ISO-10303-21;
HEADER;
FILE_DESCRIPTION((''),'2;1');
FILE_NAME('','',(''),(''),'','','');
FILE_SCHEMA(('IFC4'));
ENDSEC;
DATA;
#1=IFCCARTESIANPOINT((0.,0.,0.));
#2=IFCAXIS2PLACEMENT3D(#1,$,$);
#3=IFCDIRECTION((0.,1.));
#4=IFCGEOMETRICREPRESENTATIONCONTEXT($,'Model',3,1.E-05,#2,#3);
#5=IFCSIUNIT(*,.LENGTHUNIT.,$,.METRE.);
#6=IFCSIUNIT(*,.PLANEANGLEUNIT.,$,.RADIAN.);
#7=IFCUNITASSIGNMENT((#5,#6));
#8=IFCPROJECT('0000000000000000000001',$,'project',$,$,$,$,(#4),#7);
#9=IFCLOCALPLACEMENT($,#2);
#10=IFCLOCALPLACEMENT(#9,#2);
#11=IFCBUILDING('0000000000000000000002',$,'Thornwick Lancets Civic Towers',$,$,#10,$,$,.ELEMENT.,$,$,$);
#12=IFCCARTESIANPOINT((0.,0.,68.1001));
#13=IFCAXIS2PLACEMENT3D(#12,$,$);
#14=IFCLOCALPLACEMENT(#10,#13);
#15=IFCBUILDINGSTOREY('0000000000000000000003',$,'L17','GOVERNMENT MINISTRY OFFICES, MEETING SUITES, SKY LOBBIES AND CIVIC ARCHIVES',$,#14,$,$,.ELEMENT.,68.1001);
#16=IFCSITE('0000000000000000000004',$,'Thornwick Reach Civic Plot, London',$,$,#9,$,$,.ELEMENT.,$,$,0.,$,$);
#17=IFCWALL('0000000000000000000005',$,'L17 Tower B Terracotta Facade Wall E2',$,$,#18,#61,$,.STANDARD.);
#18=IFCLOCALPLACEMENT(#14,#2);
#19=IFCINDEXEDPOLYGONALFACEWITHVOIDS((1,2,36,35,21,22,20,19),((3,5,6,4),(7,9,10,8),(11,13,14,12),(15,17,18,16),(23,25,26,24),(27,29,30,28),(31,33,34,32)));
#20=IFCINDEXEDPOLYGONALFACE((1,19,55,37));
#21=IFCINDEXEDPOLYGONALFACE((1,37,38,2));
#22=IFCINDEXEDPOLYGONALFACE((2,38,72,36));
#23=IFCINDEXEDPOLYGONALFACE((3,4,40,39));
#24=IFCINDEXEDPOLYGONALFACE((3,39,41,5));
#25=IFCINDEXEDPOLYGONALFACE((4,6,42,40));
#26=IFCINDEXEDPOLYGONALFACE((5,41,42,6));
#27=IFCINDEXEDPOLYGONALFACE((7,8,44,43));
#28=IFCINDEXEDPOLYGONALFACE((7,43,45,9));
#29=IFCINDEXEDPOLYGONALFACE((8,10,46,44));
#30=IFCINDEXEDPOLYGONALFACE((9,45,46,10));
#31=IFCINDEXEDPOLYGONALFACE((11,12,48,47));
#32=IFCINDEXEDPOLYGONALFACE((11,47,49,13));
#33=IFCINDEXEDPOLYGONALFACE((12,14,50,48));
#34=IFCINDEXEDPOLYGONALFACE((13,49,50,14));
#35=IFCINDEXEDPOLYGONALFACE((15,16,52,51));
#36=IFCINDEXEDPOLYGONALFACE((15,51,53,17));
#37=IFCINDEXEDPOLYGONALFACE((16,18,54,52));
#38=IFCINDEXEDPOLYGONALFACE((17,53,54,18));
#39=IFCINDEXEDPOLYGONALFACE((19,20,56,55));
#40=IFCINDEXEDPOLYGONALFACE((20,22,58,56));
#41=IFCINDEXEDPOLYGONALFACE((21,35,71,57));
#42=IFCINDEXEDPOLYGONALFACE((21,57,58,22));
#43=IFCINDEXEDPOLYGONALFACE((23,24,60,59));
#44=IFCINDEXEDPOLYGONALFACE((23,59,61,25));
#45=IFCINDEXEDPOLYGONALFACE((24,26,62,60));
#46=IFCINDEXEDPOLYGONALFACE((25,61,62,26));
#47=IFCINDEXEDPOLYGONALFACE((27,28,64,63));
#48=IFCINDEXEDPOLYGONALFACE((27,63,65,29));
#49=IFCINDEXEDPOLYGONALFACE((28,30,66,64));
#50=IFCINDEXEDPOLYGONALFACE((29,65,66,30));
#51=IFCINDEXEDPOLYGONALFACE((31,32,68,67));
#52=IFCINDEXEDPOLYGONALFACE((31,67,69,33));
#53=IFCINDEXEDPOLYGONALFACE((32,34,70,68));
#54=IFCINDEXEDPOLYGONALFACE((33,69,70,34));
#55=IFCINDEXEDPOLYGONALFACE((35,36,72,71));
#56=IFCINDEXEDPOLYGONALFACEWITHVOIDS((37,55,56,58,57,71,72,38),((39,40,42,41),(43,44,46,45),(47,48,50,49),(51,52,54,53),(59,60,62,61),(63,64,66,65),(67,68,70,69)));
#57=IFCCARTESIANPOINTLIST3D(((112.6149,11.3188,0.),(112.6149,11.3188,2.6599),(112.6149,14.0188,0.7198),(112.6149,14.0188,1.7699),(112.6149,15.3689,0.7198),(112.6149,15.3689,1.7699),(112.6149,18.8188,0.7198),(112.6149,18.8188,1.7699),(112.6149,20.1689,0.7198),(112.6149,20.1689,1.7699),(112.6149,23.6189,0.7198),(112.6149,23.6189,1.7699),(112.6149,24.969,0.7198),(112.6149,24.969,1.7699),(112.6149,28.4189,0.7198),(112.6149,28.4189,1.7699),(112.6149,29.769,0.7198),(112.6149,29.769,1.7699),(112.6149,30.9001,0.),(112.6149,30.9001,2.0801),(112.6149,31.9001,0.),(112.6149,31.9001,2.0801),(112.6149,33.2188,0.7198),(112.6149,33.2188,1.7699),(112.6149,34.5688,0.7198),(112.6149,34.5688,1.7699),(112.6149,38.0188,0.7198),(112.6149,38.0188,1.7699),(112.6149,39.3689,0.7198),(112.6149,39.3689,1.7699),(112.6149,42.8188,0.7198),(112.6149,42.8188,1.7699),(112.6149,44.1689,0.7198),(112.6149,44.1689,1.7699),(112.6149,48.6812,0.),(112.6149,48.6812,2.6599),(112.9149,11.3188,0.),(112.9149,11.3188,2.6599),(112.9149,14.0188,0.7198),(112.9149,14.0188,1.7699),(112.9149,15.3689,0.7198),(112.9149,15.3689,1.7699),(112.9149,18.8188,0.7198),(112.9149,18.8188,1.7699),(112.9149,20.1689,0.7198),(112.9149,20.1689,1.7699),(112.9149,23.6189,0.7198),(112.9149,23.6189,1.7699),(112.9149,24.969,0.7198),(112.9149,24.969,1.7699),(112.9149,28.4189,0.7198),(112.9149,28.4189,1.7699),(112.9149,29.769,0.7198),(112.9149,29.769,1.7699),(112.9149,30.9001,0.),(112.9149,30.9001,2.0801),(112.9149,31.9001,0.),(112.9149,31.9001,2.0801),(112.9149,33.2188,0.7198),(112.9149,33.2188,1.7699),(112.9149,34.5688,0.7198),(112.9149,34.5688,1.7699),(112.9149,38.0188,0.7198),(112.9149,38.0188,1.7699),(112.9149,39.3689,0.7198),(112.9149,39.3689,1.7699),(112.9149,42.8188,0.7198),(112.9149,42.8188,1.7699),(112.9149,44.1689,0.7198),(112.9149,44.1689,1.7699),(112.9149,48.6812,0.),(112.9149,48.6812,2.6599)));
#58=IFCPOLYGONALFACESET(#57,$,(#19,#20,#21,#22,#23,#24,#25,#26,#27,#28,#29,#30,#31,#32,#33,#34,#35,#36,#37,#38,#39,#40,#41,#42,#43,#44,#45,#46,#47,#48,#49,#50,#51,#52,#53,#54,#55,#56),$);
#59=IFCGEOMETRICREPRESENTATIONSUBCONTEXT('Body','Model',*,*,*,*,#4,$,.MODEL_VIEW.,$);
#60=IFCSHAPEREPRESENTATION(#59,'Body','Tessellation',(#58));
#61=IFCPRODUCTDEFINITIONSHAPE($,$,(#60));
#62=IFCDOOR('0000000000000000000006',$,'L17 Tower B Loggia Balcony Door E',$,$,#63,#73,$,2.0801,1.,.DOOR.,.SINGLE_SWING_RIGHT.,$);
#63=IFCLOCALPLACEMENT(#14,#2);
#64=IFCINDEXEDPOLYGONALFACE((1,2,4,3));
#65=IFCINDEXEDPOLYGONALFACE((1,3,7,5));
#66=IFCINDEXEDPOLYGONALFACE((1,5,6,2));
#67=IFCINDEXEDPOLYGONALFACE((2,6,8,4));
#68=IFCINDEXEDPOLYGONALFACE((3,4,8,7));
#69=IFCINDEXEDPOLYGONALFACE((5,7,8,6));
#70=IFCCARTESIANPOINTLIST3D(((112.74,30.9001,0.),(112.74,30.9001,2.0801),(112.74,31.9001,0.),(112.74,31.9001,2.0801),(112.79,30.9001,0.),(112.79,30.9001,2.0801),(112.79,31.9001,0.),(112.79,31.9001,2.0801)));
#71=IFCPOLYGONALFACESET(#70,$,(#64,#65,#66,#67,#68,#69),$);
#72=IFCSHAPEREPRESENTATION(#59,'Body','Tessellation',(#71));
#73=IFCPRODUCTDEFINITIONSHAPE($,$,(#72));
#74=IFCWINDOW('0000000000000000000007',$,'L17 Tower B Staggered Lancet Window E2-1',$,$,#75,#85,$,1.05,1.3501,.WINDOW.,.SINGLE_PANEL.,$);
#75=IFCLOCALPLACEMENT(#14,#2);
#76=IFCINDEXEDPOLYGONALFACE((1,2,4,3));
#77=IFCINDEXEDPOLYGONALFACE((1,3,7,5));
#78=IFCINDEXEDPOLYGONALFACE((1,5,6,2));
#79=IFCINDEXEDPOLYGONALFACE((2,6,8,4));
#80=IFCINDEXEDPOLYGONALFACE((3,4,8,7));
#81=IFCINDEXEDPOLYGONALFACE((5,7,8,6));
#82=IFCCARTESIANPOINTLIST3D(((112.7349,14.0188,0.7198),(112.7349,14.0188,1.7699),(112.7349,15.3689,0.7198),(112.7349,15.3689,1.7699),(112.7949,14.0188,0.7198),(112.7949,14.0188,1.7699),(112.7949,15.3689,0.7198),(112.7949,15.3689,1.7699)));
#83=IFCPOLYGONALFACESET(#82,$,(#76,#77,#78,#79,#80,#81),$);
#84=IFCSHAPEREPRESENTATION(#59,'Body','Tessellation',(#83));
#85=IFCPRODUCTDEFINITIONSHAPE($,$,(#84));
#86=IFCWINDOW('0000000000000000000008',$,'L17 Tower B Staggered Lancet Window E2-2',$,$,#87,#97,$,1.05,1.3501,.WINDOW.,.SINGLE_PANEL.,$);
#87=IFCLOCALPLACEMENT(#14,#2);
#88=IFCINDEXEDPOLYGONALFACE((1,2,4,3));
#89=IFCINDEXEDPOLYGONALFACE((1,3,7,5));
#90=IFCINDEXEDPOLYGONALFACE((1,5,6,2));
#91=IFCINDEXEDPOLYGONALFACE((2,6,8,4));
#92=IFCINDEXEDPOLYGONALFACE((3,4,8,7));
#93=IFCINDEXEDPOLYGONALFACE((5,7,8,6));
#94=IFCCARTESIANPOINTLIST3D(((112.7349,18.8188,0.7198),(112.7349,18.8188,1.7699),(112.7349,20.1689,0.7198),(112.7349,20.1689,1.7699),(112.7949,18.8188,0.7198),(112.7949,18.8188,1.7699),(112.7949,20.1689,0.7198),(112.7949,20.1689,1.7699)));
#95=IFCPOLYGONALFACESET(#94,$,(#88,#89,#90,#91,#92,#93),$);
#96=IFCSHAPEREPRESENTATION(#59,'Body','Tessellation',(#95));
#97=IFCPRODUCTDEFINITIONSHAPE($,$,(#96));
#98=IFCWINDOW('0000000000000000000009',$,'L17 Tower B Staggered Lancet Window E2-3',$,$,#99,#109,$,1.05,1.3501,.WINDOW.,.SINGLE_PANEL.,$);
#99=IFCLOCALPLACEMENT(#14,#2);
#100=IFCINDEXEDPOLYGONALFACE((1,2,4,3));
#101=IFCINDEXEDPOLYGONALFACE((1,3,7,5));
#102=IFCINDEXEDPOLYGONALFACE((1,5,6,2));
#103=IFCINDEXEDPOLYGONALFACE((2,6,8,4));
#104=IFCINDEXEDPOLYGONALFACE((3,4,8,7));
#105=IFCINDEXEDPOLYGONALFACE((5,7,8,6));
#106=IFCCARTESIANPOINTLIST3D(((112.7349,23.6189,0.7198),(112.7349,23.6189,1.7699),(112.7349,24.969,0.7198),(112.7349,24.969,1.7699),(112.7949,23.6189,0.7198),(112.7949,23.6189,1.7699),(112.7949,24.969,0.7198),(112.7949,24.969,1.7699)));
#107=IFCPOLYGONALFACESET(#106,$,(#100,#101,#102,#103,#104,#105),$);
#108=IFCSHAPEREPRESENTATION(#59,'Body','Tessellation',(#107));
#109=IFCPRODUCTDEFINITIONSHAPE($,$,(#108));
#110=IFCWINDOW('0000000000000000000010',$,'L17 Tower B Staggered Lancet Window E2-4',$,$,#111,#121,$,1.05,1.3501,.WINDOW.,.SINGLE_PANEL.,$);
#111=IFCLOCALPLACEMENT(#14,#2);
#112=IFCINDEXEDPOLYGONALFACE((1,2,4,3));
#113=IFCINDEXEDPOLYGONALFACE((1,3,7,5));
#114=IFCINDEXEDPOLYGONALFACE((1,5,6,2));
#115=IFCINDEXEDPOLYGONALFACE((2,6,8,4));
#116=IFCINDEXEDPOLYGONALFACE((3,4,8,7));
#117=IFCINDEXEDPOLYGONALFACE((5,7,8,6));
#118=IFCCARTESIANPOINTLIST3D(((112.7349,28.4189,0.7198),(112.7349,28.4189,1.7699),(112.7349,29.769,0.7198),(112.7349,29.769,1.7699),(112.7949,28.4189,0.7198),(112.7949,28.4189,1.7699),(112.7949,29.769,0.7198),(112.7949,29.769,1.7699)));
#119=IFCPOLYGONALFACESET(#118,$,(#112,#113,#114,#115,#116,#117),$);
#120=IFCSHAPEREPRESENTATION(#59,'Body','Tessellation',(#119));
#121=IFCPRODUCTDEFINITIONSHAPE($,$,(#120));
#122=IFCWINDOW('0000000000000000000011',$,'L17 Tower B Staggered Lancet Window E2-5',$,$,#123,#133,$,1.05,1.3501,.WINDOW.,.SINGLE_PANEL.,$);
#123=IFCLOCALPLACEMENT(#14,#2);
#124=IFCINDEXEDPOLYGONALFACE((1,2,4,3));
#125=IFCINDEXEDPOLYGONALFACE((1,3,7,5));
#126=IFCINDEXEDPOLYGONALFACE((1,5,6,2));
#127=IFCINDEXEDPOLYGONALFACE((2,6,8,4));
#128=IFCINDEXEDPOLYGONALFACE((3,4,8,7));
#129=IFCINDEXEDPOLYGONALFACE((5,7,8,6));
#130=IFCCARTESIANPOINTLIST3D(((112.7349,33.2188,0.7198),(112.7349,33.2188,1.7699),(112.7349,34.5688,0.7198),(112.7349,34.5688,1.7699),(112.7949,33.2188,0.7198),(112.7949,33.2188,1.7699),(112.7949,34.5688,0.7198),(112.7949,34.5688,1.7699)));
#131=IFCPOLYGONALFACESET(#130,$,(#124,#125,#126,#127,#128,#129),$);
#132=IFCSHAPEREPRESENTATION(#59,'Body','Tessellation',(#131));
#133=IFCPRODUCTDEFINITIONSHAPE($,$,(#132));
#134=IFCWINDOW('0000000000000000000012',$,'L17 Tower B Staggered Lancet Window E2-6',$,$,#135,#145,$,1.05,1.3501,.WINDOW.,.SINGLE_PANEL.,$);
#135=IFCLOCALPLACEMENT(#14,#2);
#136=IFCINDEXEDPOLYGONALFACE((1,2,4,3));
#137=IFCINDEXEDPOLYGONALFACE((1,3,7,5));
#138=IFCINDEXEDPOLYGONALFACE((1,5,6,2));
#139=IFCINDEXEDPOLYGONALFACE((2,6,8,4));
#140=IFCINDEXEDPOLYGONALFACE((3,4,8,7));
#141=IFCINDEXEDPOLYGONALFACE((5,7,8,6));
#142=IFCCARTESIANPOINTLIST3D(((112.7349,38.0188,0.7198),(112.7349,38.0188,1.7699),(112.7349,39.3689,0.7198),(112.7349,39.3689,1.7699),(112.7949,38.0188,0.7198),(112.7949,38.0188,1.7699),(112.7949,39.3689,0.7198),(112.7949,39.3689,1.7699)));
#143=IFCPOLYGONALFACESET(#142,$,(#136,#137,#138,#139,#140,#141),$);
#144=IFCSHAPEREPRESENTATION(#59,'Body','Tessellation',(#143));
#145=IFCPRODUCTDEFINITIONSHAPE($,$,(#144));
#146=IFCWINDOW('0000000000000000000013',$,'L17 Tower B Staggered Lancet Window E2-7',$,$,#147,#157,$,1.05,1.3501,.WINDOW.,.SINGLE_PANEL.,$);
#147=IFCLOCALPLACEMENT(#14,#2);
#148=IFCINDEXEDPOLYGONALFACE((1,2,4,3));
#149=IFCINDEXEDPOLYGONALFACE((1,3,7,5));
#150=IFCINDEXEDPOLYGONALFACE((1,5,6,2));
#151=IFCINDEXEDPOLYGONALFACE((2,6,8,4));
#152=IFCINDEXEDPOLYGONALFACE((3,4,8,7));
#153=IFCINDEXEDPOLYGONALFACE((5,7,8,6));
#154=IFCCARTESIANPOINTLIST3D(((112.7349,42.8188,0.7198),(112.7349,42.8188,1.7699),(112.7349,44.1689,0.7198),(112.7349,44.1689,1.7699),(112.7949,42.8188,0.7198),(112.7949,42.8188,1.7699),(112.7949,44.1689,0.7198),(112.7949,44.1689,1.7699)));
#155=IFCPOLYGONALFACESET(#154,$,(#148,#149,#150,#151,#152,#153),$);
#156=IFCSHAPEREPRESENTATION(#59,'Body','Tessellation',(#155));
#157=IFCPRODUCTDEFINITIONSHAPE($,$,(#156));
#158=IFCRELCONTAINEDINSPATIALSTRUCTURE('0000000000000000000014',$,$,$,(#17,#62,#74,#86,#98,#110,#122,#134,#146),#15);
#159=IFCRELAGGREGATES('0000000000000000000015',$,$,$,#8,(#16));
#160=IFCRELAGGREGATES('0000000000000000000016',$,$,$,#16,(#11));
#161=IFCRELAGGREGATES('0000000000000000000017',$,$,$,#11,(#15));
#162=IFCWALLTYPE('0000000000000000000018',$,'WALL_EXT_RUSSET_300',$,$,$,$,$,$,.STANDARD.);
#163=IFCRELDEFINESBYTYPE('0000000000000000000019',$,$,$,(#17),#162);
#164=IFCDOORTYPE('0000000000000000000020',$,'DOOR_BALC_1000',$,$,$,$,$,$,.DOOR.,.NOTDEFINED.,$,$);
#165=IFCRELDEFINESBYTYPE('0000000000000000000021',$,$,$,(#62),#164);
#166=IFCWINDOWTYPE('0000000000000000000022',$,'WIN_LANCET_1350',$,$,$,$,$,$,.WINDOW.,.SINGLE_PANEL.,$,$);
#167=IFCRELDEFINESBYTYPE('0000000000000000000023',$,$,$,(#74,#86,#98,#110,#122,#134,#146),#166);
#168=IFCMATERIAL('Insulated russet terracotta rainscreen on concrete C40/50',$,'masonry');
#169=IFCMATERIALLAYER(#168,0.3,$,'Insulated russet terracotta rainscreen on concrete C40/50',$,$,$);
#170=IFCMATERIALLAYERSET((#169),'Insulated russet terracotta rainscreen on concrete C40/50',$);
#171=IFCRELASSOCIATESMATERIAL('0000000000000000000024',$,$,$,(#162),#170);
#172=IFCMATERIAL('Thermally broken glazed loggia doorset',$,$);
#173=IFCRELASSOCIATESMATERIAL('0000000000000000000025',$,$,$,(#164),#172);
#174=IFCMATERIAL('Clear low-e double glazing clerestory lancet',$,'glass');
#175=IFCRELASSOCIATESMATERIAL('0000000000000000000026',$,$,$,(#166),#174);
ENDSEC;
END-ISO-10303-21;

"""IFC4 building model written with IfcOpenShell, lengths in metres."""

from ifc_helpers import new_model, si_unit, direction, frame, frame_2d, origin, place, context, subcontext, project, spatial, rectangle, extrude, material, layer, layer_set, type_object, element, fill, save


model = new_model("IFC4")

# Units and contexts
model_context = context("Model", 3, precision=1e-05, world=origin(), true_north=direction((0.0, 1.0)))
body_context = subcontext(model_context, "Body", "Model", "MODEL_VIEW")
ifc_project = project(units=[si_unit("LENGTHUNIT", "METRE"), si_unit("PLANEANGLEUNIT", "RADIAN")], contexts=[model_context])

# Site, building, storey
site_placement = place(None, origin())
site = spatial("IfcSite", under=ifc_project, at=site_placement, Name="Thornwick Reach Civic Plot, London", CompositionType="ELEMENT", RefElevation=0.0)
building_placement = place(site_placement, origin())
building = spatial("IfcBuilding", under=site, at=building_placement, Name="Thornwick Lancets Civic Towers", CompositionType="ELEMENT")
storey_placement = place(building_placement, frame((0.0, 0.0, 68.1001)))
storey = spatial("IfcBuildingStorey", under=building, at=storey_placement, Name="L17", Description="GOVERNMENT MINISTRY OFFICES, MEETING SUITES, SKY LOBBIES AND CIVIC ARCHIVES", CompositionType="ELEMENT", Elevation=68.1001)

# Wall, openings, door, windows
ifc_material_1 = material(Name="Insulated russet terracotta rainscreen on concrete C40/50", Category="masonry")
ifc_layer_1 = layer(ifc_material_1, 0.3, Name="Insulated russet terracotta rainscreen on concrete C40/50")
ifc_layer_set_1 = layer_set([ifc_layer_1], Name="Insulated russet terracotta rainscreen on concrete C40/50")
wall_type_1 = type_object("IfcWallType", Name="WALL_EXT_RUSSET_300", PredefinedType="STANDARD", material=ifc_layer_set_1)
wall_1_placement = place(storey_placement, frame((112.7649, 11.3188, 0.0), z_axis=(0.0, 0.0, 1.0), x_axis=(0.0, 1.0, 0.0)))
wall_1 = element("IfcWall", 1, at=wall_1_placement, inside=storey, type_object=wall_type_1, Name="L17 Tower B Terracotta Facade Wall E2", PredefinedType="STANDARD", context=body_context, shape_type="SweptSolid", body=[
    extrude(rectangle(XDim=37.3623, YDim=0.3, at=frame_2d((18.6812, 0.0))), origin(), (0.0, 0.0, 1.0), 2.6599),
])
opening_1_placement = place(wall_1_placement, frame((19.5813, 0.0, 0.0)))
opening_1 = element("IfcOpeningElement", 2, at=opening_1_placement, cuts=wall_1, PredefinedType="OPENING", context=body_context, shape_type="SweptSolid", body=[
    extrude(rectangle(XDim=1.0, YDim=2.0801, at=frame_2d((0.5, 1.04))), frame((0.0, 0.1602, 0.0), z_axis=(0.0, -1.0, 0.0), x_axis=(1.0, 0.0, 0.0)), (0.0, 0.0, 1.0), 0.3201),
])
opening_2_placement = place(wall_1_placement, frame((2.7, 0.0, 0.72)))
opening_2 = element("IfcOpeningElement", 3, at=opening_2_placement, cuts=wall_1, PredefinedType="OPENING", context=body_context, shape_type="SweptSolid", body=[
    extrude(rectangle(XDim=1.3501, YDim=1.05, at=frame_2d((0.675, 0.5249))), frame((0.0, 0.1602, 0.0), z_axis=(0.0, -1.0, 0.0), x_axis=(1.0, 0.0, 0.0)), (0.0, 0.0, 1.0), 0.3201),
])
opening_3_placement = place(wall_1_placement, frame((7.5, 0.0, 0.72)))
opening_3 = element("IfcOpeningElement", 4, at=opening_3_placement, cuts=wall_1, PredefinedType="OPENING", context=body_context, shape_type="SweptSolid", body=[
    extrude(rectangle(XDim=1.3501, YDim=1.05, at=frame_2d((0.675, 0.5249))), frame((0.0, 0.1602, 0.0), z_axis=(0.0, -1.0, 0.0), x_axis=(1.0, 0.0, 0.0)), (0.0, 0.0, 1.0), 0.3201),
])
opening_4_placement = place(wall_1_placement, frame((12.3, 0.0, 0.72)))
opening_4 = element("IfcOpeningElement", 5, at=opening_4_placement, cuts=wall_1, PredefinedType="OPENING", context=body_context, shape_type="SweptSolid", body=[
    extrude(rectangle(XDim=1.3501, YDim=1.05, at=frame_2d((0.675, 0.5249))), frame((0.0, 0.1602, 0.0), z_axis=(0.0, -1.0, 0.0), x_axis=(1.0, 0.0, 0.0)), (0.0, 0.0, 1.0), 0.3201),
])
opening_5_placement = place(wall_1_placement, frame((17.1001, 0.0, 0.72)))
opening_5 = element("IfcOpeningElement", 6, at=opening_5_placement, cuts=wall_1, PredefinedType="OPENING", context=body_context, shape_type="SweptSolid", body=[
    extrude(rectangle(XDim=1.3501, YDim=1.05, at=frame_2d((0.675, 0.5249))), frame((0.0, 0.1602, 0.0), z_axis=(0.0, -1.0, 0.0), x_axis=(1.0, 0.0, 0.0)), (0.0, 0.0, 1.0), 0.3201),
])
opening_6_placement = place(wall_1_placement, frame((21.8999, 0.0, 0.72)))
opening_6 = element("IfcOpeningElement", 7, at=opening_6_placement, cuts=wall_1, PredefinedType="OPENING", context=body_context, shape_type="SweptSolid", body=[
    extrude(rectangle(XDim=1.3501, YDim=1.05, at=frame_2d((0.675, 0.5249))), frame((0.0, 0.1602, 0.0), z_axis=(0.0, -1.0, 0.0), x_axis=(1.0, 0.0, 0.0)), (0.0, 0.0, 1.0), 0.3201),
])
opening_7_placement = place(wall_1_placement, frame((26.7, 0.0, 0.72)))
opening_7 = element("IfcOpeningElement", 8, at=opening_7_placement, cuts=wall_1, PredefinedType="OPENING", context=body_context, shape_type="SweptSolid", body=[
    extrude(rectangle(XDim=1.3501, YDim=1.05, at=frame_2d((0.675, 0.5249))), frame((0.0, 0.1602, 0.0), z_axis=(0.0, -1.0, 0.0), x_axis=(1.0, 0.0, 0.0)), (0.0, 0.0, 1.0), 0.3201),
])
opening_8_placement = place(wall_1_placement, frame((31.5, 0.0, 0.72)))
opening_8 = element("IfcOpeningElement", 9, at=opening_8_placement, cuts=wall_1, PredefinedType="OPENING", context=body_context, shape_type="SweptSolid", body=[
    extrude(rectangle(XDim=1.3501, YDim=1.05, at=frame_2d((0.675, 0.5249))), frame((0.0, 0.1602, 0.0), z_axis=(0.0, -1.0, 0.0), x_axis=(1.0, 0.0, 0.0)), (0.0, 0.0, 1.0), 0.3201),
])
ifc_material_2 = material(Name="Thermally broken glazed loggia doorset")
door_type = type_object("IfcDoorType", Name="DOOR_BALC_1000", OperationType="NOTDEFINED", PredefinedType="DOOR", material=ifc_material_2)
door_placement = place(opening_1_placement, origin())
door = element("IfcDoor", 10, at=door_placement, inside=storey, type_object=door_type, Name="L17 Tower B Loggia Balcony Door E", OperationType="SINGLE_SWING_RIGHT", OverallHeight=2.0801, OverallWidth=1.0, PredefinedType="DOOR", context=body_context, shape_type="SweptSolid", body=[
    extrude(rectangle(XDim=1.0, YDim=2.0801, at=frame_2d((0.5, 1.04))), frame((0.0, 0.0249, 0.0), z_axis=(0.0, -1.0, 0.0), x_axis=(1.0, 0.0, 0.0)), (0.0, 0.0, 1.0), 0.05),
])
fill(opening_1, door)
ifc_material_3 = material(Name="Clear low-e double glazing clerestory lancet", Category="glass")
window_type = type_object("IfcWindowType", Name="WIN_LANCET_1350", PartitioningType="SINGLE_PANEL", PredefinedType="WINDOW", material=ifc_material_3)
window_1_placement = place(opening_2_placement, origin())
window_1 = element("IfcWindow", 11, at=window_1_placement, inside=storey, type_object=window_type, Name="L17 Tower B Staggered Lancet Window E2-1", OverallHeight=1.05, OverallWidth=1.3501, PartitioningType="SINGLE_PANEL", PredefinedType="WINDOW", context=body_context, shape_type="SweptSolid", body=[
    extrude(rectangle(XDim=1.3501, YDim=1.05, at=frame_2d((0.675, 0.5249))), frame((0.0, 0.03, 0.0), z_axis=(0.0, -1.0, 0.0), x_axis=(1.0, 0.0, 0.0)), (0.0, 0.0, 1.0), 0.0601),
])
fill(opening_2, window_1)
window_2_placement = place(opening_3_placement, origin())
window_2 = element("IfcWindow", 12, at=window_2_placement, inside=storey, type_object=window_type, Name="L17 Tower B Staggered Lancet Window E2-2", OverallHeight=1.05, OverallWidth=1.3501, PartitioningType="SINGLE_PANEL", PredefinedType="WINDOW", context=body_context, shape_type="SweptSolid", body=[
    extrude(rectangle(XDim=1.3501, YDim=1.05, at=frame_2d((0.675, 0.5249))), frame((0.0, 0.03, 0.0), z_axis=(0.0, -1.0, 0.0), x_axis=(1.0, 0.0, 0.0)), (0.0, 0.0, 1.0), 0.0601),
])
fill(opening_3, window_2)
window_3_placement = place(opening_4_placement, origin())
window_3 = element("IfcWindow", 13, at=window_3_placement, inside=storey, type_object=window_type, Name="L17 Tower B Staggered Lancet Window E2-3", OverallHeight=1.05, OverallWidth=1.3501, PartitioningType="SINGLE_PANEL", PredefinedType="WINDOW", context=body_context, shape_type="SweptSolid", body=[
    extrude(rectangle(XDim=1.3501, YDim=1.05, at=frame_2d((0.675, 0.5249))), frame((0.0, 0.03, 0.0), z_axis=(0.0, -1.0, 0.0), x_axis=(1.0, 0.0, 0.0)), (0.0, 0.0, 1.0), 0.0601),
])
fill(opening_4, window_3)
window_4_placement = place(opening_5_placement, origin())
window_4 = element("IfcWindow", 14, at=window_4_placement, inside=storey, type_object=window_type, Name="L17 Tower B Staggered Lancet Window E2-4", OverallHeight=1.05, OverallWidth=1.3501, PartitioningType="SINGLE_PANEL", PredefinedType="WINDOW", context=body_context, shape_type="SweptSolid", body=[
    extrude(rectangle(XDim=1.3501, YDim=1.05, at=frame_2d((0.675, 0.5249))), frame((0.0, 0.03, 0.0), z_axis=(0.0, -1.0, 0.0), x_axis=(1.0, 0.0, 0.0)), (0.0, 0.0, 1.0), 0.0601),
])
fill(opening_5, window_4)
window_5_placement = place(opening_6_placement, origin())
window_5 = element("IfcWindow", 15, at=window_5_placement, inside=storey, type_object=window_type, Name="L17 Tower B Staggered Lancet Window E2-5", OverallHeight=1.05, OverallWidth=1.3501, PartitioningType="SINGLE_PANEL", PredefinedType="WINDOW", context=body_context, shape_type="SweptSolid", body=[
    extrude(rectangle(XDim=1.3501, YDim=1.05, at=frame_2d((0.675, 0.5249))), frame((0.0, 0.03, 0.0), z_axis=(0.0, -1.0, 0.0), x_axis=(1.0, 0.0, 0.0)), (0.0, 0.0, 1.0), 0.0601),
])
fill(opening_6, window_5)
window_6_placement = place(opening_7_placement, origin())
window_6 = element("IfcWindow", 16, at=window_6_placement, inside=storey, type_object=window_type, Name="L17 Tower B Staggered Lancet Window E2-6", OverallHeight=1.05, OverallWidth=1.3501, PartitioningType="SINGLE_PANEL", PredefinedType="WINDOW", context=body_context, shape_type="SweptSolid", body=[
    extrude(rectangle(XDim=1.3501, YDim=1.05, at=frame_2d((0.675, 0.5249))), frame((0.0, 0.03, 0.0), z_axis=(0.0, -1.0, 0.0), x_axis=(1.0, 0.0, 0.0)), (0.0, 0.0, 1.0), 0.0601),
])
fill(opening_7, window_6)
window_7_placement = place(opening_8_placement, origin())
window_7 = element("IfcWindow", 17, at=window_7_placement, inside=storey, type_object=window_type, Name="L17 Tower B Staggered Lancet Window E2-7", OverallHeight=1.05, OverallWidth=1.3501, PartitioningType="SINGLE_PANEL", PredefinedType="WINDOW", context=body_context, shape_type="SweptSolid", body=[
    extrude(rectangle(XDim=1.3501, YDim=1.05, at=frame_2d((0.675, 0.5249))), frame((0.0, 0.03, 0.0), z_axis=(0.0, -1.0, 0.0), x_axis=(1.0, 0.0, 0.0)), (0.0, 0.0, 1.0), 0.0601),
])
fill(opening_8, window_7)

save(model, "model.ifc")
